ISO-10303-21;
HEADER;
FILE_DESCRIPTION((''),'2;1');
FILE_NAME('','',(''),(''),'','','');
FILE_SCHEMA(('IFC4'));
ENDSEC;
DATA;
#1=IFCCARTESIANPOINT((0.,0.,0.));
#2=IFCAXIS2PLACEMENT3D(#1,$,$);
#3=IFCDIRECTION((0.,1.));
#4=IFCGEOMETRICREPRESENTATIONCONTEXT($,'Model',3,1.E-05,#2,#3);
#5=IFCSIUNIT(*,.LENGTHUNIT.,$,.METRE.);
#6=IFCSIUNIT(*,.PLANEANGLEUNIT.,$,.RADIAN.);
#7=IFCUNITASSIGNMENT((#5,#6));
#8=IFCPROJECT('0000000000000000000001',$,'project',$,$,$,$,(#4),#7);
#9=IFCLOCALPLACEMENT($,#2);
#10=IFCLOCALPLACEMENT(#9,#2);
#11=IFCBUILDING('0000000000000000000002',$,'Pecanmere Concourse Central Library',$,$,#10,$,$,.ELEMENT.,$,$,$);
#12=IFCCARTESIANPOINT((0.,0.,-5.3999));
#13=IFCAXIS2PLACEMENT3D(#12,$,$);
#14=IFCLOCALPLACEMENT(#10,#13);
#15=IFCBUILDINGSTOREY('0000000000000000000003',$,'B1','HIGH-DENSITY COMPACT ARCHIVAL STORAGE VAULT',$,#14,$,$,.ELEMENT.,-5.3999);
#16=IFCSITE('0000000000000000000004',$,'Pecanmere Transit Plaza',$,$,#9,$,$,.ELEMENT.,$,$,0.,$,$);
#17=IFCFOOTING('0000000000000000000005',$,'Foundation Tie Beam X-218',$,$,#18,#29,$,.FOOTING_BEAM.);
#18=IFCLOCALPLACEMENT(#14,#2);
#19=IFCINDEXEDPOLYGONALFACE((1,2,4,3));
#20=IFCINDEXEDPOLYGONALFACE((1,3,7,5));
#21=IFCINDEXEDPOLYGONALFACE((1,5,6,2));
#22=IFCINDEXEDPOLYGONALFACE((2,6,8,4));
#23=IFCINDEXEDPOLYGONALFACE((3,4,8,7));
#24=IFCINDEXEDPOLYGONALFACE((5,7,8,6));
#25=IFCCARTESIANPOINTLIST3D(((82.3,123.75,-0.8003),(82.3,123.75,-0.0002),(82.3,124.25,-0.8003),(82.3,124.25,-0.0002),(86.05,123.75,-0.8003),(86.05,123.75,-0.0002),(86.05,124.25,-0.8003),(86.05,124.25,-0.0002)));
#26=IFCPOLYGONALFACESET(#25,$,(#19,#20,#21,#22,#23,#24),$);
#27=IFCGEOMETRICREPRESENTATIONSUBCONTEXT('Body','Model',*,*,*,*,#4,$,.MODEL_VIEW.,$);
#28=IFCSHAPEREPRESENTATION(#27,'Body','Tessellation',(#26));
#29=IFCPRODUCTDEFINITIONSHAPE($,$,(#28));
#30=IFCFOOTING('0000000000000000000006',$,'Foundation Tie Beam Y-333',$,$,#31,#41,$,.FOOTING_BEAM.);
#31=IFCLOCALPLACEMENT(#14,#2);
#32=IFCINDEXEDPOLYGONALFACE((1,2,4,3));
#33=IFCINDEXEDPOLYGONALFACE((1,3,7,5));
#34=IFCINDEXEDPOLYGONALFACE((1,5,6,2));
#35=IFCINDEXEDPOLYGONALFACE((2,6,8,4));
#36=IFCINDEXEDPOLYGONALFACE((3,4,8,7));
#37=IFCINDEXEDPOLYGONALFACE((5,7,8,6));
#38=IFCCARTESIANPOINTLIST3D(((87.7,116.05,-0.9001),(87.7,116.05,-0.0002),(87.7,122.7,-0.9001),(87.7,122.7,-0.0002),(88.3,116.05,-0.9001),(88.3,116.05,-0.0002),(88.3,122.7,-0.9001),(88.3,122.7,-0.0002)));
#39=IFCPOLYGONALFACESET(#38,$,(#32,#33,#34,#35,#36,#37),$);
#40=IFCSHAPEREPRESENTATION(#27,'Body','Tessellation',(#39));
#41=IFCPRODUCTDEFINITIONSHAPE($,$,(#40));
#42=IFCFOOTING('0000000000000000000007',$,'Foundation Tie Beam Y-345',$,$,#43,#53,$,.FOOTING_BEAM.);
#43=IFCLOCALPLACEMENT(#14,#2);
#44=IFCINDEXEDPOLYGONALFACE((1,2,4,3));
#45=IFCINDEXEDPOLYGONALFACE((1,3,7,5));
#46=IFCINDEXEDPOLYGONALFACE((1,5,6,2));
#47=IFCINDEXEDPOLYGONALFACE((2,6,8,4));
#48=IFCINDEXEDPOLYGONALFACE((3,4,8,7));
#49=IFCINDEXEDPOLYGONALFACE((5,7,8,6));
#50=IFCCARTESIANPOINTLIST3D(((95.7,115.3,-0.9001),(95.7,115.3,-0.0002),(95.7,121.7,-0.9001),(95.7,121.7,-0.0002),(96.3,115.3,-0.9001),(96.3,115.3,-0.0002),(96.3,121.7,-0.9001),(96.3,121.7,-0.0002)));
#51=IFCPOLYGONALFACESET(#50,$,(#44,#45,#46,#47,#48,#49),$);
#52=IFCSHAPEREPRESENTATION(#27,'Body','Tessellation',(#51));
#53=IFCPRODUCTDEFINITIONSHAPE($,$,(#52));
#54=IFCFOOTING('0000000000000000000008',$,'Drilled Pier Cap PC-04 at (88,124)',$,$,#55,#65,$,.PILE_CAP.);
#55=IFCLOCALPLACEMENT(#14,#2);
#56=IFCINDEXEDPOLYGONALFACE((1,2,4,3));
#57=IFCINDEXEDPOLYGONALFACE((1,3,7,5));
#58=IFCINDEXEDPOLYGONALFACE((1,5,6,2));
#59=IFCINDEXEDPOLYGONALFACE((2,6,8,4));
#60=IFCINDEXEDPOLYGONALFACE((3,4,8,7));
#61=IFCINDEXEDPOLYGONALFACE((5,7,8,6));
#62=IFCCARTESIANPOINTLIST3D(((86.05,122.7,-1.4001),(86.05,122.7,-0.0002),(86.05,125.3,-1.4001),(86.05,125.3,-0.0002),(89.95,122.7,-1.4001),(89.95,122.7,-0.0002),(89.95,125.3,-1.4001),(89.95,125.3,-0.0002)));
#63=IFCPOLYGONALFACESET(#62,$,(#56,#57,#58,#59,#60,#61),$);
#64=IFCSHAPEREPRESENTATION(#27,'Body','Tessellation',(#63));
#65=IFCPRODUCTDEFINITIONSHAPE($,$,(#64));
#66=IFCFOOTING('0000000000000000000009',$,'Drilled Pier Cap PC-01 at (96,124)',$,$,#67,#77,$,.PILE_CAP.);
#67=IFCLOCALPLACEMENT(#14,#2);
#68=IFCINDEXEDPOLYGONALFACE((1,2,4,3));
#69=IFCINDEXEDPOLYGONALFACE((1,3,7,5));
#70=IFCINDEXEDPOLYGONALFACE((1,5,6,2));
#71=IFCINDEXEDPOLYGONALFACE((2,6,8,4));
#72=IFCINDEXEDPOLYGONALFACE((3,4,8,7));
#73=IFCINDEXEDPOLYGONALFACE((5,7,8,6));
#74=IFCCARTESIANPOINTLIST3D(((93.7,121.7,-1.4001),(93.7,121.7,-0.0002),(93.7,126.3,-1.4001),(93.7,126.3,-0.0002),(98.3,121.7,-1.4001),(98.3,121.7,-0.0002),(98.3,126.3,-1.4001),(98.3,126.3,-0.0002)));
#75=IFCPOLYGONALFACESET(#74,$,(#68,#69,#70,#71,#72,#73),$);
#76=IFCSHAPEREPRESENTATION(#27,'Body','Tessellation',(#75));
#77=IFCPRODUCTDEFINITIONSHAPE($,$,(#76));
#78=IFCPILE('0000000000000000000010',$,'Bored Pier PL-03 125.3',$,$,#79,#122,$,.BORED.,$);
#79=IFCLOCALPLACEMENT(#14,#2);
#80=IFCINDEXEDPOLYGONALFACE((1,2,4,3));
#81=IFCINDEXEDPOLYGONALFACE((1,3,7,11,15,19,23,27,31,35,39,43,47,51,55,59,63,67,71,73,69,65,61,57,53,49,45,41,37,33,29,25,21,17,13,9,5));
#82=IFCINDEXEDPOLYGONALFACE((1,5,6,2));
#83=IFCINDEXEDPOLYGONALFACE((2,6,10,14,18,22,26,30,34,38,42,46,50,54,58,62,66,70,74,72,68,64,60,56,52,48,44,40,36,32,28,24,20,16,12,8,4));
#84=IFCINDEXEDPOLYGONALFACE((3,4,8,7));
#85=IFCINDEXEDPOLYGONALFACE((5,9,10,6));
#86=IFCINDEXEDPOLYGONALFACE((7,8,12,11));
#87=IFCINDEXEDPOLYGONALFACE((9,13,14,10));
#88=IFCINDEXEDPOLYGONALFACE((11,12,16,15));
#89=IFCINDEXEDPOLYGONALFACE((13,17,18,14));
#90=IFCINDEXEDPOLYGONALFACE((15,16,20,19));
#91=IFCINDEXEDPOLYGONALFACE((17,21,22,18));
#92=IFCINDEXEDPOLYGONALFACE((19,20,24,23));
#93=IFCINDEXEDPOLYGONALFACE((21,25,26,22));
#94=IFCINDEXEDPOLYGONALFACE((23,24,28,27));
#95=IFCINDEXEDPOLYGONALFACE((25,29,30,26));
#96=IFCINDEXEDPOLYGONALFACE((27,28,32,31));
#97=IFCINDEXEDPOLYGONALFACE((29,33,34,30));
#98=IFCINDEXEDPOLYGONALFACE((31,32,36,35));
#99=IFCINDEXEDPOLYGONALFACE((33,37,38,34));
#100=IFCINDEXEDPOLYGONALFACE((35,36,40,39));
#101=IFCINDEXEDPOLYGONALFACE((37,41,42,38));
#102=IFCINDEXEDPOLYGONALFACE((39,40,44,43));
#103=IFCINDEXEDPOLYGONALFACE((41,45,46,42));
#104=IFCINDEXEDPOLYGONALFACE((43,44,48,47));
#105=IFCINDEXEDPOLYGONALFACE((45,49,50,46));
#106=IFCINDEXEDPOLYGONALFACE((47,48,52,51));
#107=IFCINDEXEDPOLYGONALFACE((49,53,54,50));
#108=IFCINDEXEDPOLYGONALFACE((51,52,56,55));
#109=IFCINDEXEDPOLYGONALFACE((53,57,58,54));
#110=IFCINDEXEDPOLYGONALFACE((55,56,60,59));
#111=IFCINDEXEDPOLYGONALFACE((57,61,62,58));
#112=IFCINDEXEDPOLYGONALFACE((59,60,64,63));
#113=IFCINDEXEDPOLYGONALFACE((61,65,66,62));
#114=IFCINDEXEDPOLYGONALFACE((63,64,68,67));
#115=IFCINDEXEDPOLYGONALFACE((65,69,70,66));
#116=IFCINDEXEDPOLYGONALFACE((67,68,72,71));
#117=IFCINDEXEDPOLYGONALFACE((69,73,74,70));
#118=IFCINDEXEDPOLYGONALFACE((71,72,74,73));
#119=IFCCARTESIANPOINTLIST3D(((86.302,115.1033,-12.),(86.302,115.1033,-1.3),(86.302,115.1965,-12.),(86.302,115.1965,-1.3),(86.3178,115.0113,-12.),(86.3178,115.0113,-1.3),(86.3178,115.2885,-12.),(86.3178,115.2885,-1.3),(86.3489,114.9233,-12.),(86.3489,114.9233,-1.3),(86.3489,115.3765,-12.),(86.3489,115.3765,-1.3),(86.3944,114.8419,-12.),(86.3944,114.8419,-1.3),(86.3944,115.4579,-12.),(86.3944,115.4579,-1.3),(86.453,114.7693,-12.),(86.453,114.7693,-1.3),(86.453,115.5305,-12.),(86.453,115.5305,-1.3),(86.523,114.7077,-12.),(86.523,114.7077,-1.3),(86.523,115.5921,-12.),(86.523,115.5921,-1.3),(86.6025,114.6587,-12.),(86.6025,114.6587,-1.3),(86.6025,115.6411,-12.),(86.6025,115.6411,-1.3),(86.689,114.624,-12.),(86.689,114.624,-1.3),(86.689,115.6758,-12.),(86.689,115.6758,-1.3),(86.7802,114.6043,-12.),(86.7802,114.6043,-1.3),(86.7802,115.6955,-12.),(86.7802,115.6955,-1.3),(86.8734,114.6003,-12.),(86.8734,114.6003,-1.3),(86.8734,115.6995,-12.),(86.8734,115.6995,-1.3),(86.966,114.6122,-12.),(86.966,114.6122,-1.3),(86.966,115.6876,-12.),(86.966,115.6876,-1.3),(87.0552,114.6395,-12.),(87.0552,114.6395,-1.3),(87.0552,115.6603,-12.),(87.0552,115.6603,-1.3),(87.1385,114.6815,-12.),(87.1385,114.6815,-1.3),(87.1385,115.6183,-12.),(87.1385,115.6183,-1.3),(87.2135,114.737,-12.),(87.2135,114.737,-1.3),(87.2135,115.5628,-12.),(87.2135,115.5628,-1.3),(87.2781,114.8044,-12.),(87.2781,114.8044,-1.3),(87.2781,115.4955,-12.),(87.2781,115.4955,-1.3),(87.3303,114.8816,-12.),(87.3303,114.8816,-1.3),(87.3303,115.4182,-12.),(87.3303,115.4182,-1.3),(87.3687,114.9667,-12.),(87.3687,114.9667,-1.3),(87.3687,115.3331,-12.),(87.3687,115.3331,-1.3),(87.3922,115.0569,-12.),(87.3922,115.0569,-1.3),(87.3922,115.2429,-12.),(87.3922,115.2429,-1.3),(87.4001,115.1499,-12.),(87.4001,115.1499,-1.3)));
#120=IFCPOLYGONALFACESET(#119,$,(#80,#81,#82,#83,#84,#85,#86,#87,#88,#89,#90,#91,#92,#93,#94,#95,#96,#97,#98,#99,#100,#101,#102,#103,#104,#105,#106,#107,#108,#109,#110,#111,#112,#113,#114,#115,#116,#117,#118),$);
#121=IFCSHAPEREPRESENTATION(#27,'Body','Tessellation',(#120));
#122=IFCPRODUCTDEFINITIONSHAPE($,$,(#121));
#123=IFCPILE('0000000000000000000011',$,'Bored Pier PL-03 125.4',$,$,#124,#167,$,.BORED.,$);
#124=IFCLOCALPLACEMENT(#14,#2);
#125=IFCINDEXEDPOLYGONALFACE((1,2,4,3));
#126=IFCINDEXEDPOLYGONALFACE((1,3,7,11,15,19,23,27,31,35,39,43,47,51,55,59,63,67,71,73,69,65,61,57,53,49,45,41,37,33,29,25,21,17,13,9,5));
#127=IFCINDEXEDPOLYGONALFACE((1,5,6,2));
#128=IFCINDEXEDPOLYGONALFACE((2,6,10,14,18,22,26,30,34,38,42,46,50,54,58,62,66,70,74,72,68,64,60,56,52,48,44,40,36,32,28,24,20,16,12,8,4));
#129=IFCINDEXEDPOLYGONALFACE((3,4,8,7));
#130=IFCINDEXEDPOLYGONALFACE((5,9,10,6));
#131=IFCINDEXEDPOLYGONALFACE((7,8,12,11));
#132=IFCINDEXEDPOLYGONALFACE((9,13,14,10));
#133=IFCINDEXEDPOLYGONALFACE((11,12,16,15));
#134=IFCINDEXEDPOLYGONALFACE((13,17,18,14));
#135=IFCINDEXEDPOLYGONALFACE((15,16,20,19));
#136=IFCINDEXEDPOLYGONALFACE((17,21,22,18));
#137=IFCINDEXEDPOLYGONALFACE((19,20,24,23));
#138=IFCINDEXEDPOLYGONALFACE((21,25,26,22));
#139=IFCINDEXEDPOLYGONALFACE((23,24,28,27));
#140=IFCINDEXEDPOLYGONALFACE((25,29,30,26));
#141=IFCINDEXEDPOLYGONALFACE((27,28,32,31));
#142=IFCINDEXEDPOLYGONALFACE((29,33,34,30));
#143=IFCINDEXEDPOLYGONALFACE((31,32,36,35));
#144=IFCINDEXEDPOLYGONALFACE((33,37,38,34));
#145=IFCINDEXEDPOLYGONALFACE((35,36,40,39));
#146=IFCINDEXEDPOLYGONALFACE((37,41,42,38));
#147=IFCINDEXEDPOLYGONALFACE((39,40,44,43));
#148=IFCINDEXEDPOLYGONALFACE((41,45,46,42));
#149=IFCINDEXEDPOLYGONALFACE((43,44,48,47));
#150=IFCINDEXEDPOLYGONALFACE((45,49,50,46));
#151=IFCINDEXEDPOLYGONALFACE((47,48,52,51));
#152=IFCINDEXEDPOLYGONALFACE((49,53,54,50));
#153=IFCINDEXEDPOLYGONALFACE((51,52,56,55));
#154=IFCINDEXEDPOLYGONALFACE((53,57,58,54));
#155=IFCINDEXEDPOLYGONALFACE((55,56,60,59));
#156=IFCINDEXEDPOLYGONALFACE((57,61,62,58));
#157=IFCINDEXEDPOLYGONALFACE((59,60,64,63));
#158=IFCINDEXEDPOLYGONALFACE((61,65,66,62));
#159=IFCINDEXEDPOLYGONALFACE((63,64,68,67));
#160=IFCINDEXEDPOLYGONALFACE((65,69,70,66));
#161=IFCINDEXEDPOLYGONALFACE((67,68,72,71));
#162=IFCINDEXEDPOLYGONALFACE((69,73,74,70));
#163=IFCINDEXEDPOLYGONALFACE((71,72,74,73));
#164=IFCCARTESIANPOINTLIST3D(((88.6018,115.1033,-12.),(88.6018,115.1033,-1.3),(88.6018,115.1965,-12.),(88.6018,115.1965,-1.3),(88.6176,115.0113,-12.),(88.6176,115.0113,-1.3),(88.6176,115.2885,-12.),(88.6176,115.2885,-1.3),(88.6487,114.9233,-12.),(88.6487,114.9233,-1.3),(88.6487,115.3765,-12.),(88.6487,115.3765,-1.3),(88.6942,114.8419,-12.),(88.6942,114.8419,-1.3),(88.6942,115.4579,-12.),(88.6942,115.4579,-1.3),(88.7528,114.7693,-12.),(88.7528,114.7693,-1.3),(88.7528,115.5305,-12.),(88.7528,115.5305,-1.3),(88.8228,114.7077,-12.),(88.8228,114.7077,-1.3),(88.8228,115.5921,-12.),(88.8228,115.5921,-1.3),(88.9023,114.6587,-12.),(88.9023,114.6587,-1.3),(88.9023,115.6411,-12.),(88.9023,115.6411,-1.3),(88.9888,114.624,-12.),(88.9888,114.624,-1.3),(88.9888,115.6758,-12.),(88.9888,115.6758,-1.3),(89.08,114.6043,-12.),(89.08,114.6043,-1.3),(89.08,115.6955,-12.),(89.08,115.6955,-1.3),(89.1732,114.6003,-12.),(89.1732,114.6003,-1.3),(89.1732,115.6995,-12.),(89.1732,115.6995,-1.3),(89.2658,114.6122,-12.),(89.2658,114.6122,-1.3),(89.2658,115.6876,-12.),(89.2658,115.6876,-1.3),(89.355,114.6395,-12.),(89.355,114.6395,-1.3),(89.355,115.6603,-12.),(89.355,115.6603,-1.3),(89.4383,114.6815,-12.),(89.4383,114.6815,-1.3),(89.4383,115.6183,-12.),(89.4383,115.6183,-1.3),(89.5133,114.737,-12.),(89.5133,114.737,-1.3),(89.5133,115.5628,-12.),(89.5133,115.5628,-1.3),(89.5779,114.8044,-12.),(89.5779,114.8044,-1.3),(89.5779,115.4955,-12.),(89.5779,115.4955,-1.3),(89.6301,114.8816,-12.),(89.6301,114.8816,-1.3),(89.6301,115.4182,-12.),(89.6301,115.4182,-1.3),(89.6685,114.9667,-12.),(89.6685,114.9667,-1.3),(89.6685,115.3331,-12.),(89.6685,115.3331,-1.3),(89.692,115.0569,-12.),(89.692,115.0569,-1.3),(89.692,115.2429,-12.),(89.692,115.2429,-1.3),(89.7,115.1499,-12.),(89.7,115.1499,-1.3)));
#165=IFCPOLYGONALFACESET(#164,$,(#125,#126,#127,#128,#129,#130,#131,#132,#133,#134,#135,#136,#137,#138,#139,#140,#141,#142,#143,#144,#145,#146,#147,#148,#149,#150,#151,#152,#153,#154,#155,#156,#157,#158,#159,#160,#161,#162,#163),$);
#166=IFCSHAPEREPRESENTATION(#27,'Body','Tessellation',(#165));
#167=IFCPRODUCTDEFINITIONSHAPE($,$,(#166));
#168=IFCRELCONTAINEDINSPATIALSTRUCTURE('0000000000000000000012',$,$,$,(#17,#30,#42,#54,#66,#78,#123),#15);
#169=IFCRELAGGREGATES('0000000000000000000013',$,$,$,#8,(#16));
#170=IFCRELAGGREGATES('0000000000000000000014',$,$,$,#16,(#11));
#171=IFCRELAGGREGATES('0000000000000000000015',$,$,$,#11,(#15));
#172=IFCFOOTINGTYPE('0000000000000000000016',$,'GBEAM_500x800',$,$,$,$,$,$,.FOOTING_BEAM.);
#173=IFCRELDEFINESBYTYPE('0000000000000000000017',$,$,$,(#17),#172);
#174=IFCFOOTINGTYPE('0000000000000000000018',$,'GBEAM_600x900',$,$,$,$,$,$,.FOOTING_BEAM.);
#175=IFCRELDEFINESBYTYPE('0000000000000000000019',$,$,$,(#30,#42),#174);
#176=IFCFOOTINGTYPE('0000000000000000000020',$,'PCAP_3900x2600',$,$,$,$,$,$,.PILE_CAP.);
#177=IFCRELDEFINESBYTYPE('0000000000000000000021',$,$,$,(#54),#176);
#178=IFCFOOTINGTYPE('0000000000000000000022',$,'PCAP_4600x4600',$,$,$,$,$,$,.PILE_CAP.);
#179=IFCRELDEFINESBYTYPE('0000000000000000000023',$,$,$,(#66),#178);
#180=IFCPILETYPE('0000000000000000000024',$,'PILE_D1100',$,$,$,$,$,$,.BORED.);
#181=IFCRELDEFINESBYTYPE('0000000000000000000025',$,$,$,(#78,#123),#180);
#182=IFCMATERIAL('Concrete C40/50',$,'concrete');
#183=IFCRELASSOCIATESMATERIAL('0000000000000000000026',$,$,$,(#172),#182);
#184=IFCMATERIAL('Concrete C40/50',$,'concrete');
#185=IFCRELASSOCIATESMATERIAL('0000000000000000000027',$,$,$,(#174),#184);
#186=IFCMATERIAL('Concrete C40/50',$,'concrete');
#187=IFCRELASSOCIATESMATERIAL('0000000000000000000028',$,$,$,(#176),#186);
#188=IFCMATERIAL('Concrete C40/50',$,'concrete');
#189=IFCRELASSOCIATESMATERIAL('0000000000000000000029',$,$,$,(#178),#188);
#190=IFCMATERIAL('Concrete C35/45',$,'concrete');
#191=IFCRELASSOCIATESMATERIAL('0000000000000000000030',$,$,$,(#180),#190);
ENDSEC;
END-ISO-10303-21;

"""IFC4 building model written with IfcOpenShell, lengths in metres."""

from ifc_helpers import new_model, si_unit, direction, frame, origin, origin_2d, place, context, subcontext, project, spatial, rectangle, circle, extrude, material, material_profile, profile_set, type_object, element, save


model = new_model("IFC4")

# Units and contexts
model_context = context("Model", 3, precision=1e-05, world=origin(), true_north=direction((0.0, 1.0)))
body_context = subcontext(model_context, "Body", "Model", "MODEL_VIEW")
ifc_project = project(units=[si_unit("LENGTHUNIT", "METRE"), si_unit("PLANEANGLEUNIT", "RADIAN")], contexts=[model_context])

# Site, building, storey
site_placement = place(None, origin())
site = spatial("IfcSite", under=ifc_project, at=site_placement, Name="Pecanmere Transit Plaza", CompositionType="ELEMENT", RefElevation=0.0)
building_placement = place(site_placement, origin())
building = spatial("IfcBuilding", under=site, at=building_placement, Name="Pecanmere Concourse Central Library", CompositionType="ELEMENT")
storey_placement = place(building_placement, frame((0.0, 0.0, -5.3999)))
storey = spatial("IfcBuildingStorey", under=building, at=storey_placement, Name="B1", Description="HIGH-DENSITY COMPACT ARCHIVAL STORAGE VAULT", CompositionType="ELEMENT", Elevation=-5.3999)

# Footings
ifc_material_1 = material(Name="Concrete C40/50", Category="concrete")
ifc_material_profile_1 = material_profile(ifc_material_1, rectangle(XDim=0.5, YDim=0.8, at=origin_2d()), Name="RC 500x800")
ifc_profile_set_1 = profile_set([ifc_material_profile_1], Name="Concrete C40/50")
footing_type_1 = type_object("IfcFootingType", Name="GBEAM_500x800", PredefinedType="FOOTING_BEAM", material=ifc_profile_set_1)
footing_1_placement = place(storey_placement, frame((84.175, 124.0, -0.8003), z_axis=(0.0, 0.0, 1.0), x_axis=(1.0, 0.0, 0.0)))
element("IfcFooting", 1, at=footing_1_placement, inside=storey, type_object=footing_type_1, Name="Foundation Tie Beam X-218", PredefinedType="FOOTING_BEAM", context=body_context, shape_type="SweptSolid", body=[
    extrude(rectangle(XDim=3.75, YDim=0.5, at=origin_2d()), origin(), (0.0, 0.0, 1.0), 0.8),
])
ifc_material_2 = material(Name="Concrete C40/50", Category="concrete")
ifc_material_profile_2 = material_profile(ifc_material_2, rectangle(XDim=0.6001, YDim=0.8999, at=origin_2d()), Name="RC 600x900")
ifc_profile_set_2 = profile_set([ifc_material_profile_2], Name="Concrete C40/50")
footing_type_2 = type_object("IfcFootingType", Name="GBEAM_600x900", PredefinedType="FOOTING_BEAM", material=ifc_profile_set_2)
footing_2_placement = place(storey_placement, frame((88.0, 119.375, -0.9001), z_axis=(0.0, 0.0, 1.0), x_axis=(0.0, 1.0, 0.0)))
element("IfcFooting", 2, at=footing_2_placement, inside=storey, type_object=footing_type_2, Name="Foundation Tie Beam Y-333", PredefinedType="FOOTING_BEAM", context=body_context, shape_type="SweptSolid", body=[
    extrude(rectangle(XDim=6.6499, YDim=0.6001, at=origin_2d()), origin(), (0.0, 0.0, 1.0), 0.8999),
])
footing_3_placement = place(storey_placement, frame((96.0, 118.5, -0.9001), z_axis=(0.0, 0.0, 1.0), x_axis=(0.0, 1.0, 0.0)))
element("IfcFooting", 3, at=footing_3_placement, inside=storey, type_object=footing_type_2, Name="Foundation Tie Beam Y-345", PredefinedType="FOOTING_BEAM", context=body_context, shape_type="SweptSolid", body=[
    extrude(rectangle(XDim=6.3999, YDim=0.6001, at=origin_2d()), origin(), (0.0, 0.0, 1.0), 0.8999),
])
ifc_material_3 = material(Name="Concrete C40/50", Category="concrete")
footing_type_3 = type_object("IfcFootingType", Name="PCAP_3900x2600", PredefinedType="PILE_CAP", material=ifc_material_3)
footing_4_placement = place(storey_placement, frame((88.0, 124.0, -1.4001), z_axis=(0.0, 0.0, 1.0), x_axis=(1.0, 0.0, 0.0)))
element("IfcFooting", 4, at=footing_4_placement, inside=storey, type_object=footing_type_3, Name="Drilled Pier Cap PC-04 at (88,124)", PredefinedType="PILE_CAP", context=body_context, shape_type="SweptSolid", body=[
    extrude(rectangle(XDim=3.8999, YDim=2.6001, at=origin_2d()), origin(), (0.0, 0.0, 1.0), 1.3999),
])
ifc_material_4 = material(Name="Concrete C40/50", Category="concrete")
footing_type_4 = type_object("IfcFootingType", Name="PCAP_4600x4600", PredefinedType="PILE_CAP", material=ifc_material_4)
footing_5_placement = place(storey_placement, frame((96.0, 124.0, -1.4001), z_axis=(0.0, 0.0, 1.0), x_axis=(1.0, 0.0, 0.0)))
element("IfcFooting", 5, at=footing_5_placement, inside=storey, type_object=footing_type_4, Name="Drilled Pier Cap PC-01 at (96,124)", PredefinedType="PILE_CAP", context=body_context, shape_type="SweptSolid", body=[
    extrude(rectangle(XDim=4.6001, YDim=4.6001, at=origin_2d()), origin(), (0.0, 0.0, 1.0), 1.3999),
])

# Piles
ifc_material_5 = material(Name="Concrete C35/45", Category="concrete")
ifc_material_profile_3 = material_profile(ifc_material_5, circle(Radius=0.55, at=origin_2d()), Name="PIER D1100")
ifc_profile_set_3 = profile_set([ifc_material_profile_3], Name="Concrete C35/45")
pile_type_1 = type_object("IfcPileType", Name="PILE_D1100", PredefinedType="BORED", material=ifc_profile_set_3)
for number, where, z_axis, x_axis, name in (
    (6, (86.8501, 115.1499, -1.3), (0.0, 0.0, -1.0), (1.0, 0.0, 0.0), "Bored Pier PL-03 125.3"),
    (7, (89.1499, 115.1499, -1.3), (0.0, 0.0, -1.0), (1.0, 0.0, 0.0), "Bored Pier PL-03 125.4"),
):
    element("IfcPile", number, at=place(storey_placement, frame(where, z_axis=z_axis, x_axis=x_axis)), inside=storey, type_object=pile_type_1, Name=name, PredefinedType="BORED", context=body_context, shape_type="SweptSolid", body=[
        extrude(circle(Radius=0.55, at=origin_2d()), origin(), (0.0, 0.0, 1.0), 10.7),
    ])

save(model, "model.ifc")
